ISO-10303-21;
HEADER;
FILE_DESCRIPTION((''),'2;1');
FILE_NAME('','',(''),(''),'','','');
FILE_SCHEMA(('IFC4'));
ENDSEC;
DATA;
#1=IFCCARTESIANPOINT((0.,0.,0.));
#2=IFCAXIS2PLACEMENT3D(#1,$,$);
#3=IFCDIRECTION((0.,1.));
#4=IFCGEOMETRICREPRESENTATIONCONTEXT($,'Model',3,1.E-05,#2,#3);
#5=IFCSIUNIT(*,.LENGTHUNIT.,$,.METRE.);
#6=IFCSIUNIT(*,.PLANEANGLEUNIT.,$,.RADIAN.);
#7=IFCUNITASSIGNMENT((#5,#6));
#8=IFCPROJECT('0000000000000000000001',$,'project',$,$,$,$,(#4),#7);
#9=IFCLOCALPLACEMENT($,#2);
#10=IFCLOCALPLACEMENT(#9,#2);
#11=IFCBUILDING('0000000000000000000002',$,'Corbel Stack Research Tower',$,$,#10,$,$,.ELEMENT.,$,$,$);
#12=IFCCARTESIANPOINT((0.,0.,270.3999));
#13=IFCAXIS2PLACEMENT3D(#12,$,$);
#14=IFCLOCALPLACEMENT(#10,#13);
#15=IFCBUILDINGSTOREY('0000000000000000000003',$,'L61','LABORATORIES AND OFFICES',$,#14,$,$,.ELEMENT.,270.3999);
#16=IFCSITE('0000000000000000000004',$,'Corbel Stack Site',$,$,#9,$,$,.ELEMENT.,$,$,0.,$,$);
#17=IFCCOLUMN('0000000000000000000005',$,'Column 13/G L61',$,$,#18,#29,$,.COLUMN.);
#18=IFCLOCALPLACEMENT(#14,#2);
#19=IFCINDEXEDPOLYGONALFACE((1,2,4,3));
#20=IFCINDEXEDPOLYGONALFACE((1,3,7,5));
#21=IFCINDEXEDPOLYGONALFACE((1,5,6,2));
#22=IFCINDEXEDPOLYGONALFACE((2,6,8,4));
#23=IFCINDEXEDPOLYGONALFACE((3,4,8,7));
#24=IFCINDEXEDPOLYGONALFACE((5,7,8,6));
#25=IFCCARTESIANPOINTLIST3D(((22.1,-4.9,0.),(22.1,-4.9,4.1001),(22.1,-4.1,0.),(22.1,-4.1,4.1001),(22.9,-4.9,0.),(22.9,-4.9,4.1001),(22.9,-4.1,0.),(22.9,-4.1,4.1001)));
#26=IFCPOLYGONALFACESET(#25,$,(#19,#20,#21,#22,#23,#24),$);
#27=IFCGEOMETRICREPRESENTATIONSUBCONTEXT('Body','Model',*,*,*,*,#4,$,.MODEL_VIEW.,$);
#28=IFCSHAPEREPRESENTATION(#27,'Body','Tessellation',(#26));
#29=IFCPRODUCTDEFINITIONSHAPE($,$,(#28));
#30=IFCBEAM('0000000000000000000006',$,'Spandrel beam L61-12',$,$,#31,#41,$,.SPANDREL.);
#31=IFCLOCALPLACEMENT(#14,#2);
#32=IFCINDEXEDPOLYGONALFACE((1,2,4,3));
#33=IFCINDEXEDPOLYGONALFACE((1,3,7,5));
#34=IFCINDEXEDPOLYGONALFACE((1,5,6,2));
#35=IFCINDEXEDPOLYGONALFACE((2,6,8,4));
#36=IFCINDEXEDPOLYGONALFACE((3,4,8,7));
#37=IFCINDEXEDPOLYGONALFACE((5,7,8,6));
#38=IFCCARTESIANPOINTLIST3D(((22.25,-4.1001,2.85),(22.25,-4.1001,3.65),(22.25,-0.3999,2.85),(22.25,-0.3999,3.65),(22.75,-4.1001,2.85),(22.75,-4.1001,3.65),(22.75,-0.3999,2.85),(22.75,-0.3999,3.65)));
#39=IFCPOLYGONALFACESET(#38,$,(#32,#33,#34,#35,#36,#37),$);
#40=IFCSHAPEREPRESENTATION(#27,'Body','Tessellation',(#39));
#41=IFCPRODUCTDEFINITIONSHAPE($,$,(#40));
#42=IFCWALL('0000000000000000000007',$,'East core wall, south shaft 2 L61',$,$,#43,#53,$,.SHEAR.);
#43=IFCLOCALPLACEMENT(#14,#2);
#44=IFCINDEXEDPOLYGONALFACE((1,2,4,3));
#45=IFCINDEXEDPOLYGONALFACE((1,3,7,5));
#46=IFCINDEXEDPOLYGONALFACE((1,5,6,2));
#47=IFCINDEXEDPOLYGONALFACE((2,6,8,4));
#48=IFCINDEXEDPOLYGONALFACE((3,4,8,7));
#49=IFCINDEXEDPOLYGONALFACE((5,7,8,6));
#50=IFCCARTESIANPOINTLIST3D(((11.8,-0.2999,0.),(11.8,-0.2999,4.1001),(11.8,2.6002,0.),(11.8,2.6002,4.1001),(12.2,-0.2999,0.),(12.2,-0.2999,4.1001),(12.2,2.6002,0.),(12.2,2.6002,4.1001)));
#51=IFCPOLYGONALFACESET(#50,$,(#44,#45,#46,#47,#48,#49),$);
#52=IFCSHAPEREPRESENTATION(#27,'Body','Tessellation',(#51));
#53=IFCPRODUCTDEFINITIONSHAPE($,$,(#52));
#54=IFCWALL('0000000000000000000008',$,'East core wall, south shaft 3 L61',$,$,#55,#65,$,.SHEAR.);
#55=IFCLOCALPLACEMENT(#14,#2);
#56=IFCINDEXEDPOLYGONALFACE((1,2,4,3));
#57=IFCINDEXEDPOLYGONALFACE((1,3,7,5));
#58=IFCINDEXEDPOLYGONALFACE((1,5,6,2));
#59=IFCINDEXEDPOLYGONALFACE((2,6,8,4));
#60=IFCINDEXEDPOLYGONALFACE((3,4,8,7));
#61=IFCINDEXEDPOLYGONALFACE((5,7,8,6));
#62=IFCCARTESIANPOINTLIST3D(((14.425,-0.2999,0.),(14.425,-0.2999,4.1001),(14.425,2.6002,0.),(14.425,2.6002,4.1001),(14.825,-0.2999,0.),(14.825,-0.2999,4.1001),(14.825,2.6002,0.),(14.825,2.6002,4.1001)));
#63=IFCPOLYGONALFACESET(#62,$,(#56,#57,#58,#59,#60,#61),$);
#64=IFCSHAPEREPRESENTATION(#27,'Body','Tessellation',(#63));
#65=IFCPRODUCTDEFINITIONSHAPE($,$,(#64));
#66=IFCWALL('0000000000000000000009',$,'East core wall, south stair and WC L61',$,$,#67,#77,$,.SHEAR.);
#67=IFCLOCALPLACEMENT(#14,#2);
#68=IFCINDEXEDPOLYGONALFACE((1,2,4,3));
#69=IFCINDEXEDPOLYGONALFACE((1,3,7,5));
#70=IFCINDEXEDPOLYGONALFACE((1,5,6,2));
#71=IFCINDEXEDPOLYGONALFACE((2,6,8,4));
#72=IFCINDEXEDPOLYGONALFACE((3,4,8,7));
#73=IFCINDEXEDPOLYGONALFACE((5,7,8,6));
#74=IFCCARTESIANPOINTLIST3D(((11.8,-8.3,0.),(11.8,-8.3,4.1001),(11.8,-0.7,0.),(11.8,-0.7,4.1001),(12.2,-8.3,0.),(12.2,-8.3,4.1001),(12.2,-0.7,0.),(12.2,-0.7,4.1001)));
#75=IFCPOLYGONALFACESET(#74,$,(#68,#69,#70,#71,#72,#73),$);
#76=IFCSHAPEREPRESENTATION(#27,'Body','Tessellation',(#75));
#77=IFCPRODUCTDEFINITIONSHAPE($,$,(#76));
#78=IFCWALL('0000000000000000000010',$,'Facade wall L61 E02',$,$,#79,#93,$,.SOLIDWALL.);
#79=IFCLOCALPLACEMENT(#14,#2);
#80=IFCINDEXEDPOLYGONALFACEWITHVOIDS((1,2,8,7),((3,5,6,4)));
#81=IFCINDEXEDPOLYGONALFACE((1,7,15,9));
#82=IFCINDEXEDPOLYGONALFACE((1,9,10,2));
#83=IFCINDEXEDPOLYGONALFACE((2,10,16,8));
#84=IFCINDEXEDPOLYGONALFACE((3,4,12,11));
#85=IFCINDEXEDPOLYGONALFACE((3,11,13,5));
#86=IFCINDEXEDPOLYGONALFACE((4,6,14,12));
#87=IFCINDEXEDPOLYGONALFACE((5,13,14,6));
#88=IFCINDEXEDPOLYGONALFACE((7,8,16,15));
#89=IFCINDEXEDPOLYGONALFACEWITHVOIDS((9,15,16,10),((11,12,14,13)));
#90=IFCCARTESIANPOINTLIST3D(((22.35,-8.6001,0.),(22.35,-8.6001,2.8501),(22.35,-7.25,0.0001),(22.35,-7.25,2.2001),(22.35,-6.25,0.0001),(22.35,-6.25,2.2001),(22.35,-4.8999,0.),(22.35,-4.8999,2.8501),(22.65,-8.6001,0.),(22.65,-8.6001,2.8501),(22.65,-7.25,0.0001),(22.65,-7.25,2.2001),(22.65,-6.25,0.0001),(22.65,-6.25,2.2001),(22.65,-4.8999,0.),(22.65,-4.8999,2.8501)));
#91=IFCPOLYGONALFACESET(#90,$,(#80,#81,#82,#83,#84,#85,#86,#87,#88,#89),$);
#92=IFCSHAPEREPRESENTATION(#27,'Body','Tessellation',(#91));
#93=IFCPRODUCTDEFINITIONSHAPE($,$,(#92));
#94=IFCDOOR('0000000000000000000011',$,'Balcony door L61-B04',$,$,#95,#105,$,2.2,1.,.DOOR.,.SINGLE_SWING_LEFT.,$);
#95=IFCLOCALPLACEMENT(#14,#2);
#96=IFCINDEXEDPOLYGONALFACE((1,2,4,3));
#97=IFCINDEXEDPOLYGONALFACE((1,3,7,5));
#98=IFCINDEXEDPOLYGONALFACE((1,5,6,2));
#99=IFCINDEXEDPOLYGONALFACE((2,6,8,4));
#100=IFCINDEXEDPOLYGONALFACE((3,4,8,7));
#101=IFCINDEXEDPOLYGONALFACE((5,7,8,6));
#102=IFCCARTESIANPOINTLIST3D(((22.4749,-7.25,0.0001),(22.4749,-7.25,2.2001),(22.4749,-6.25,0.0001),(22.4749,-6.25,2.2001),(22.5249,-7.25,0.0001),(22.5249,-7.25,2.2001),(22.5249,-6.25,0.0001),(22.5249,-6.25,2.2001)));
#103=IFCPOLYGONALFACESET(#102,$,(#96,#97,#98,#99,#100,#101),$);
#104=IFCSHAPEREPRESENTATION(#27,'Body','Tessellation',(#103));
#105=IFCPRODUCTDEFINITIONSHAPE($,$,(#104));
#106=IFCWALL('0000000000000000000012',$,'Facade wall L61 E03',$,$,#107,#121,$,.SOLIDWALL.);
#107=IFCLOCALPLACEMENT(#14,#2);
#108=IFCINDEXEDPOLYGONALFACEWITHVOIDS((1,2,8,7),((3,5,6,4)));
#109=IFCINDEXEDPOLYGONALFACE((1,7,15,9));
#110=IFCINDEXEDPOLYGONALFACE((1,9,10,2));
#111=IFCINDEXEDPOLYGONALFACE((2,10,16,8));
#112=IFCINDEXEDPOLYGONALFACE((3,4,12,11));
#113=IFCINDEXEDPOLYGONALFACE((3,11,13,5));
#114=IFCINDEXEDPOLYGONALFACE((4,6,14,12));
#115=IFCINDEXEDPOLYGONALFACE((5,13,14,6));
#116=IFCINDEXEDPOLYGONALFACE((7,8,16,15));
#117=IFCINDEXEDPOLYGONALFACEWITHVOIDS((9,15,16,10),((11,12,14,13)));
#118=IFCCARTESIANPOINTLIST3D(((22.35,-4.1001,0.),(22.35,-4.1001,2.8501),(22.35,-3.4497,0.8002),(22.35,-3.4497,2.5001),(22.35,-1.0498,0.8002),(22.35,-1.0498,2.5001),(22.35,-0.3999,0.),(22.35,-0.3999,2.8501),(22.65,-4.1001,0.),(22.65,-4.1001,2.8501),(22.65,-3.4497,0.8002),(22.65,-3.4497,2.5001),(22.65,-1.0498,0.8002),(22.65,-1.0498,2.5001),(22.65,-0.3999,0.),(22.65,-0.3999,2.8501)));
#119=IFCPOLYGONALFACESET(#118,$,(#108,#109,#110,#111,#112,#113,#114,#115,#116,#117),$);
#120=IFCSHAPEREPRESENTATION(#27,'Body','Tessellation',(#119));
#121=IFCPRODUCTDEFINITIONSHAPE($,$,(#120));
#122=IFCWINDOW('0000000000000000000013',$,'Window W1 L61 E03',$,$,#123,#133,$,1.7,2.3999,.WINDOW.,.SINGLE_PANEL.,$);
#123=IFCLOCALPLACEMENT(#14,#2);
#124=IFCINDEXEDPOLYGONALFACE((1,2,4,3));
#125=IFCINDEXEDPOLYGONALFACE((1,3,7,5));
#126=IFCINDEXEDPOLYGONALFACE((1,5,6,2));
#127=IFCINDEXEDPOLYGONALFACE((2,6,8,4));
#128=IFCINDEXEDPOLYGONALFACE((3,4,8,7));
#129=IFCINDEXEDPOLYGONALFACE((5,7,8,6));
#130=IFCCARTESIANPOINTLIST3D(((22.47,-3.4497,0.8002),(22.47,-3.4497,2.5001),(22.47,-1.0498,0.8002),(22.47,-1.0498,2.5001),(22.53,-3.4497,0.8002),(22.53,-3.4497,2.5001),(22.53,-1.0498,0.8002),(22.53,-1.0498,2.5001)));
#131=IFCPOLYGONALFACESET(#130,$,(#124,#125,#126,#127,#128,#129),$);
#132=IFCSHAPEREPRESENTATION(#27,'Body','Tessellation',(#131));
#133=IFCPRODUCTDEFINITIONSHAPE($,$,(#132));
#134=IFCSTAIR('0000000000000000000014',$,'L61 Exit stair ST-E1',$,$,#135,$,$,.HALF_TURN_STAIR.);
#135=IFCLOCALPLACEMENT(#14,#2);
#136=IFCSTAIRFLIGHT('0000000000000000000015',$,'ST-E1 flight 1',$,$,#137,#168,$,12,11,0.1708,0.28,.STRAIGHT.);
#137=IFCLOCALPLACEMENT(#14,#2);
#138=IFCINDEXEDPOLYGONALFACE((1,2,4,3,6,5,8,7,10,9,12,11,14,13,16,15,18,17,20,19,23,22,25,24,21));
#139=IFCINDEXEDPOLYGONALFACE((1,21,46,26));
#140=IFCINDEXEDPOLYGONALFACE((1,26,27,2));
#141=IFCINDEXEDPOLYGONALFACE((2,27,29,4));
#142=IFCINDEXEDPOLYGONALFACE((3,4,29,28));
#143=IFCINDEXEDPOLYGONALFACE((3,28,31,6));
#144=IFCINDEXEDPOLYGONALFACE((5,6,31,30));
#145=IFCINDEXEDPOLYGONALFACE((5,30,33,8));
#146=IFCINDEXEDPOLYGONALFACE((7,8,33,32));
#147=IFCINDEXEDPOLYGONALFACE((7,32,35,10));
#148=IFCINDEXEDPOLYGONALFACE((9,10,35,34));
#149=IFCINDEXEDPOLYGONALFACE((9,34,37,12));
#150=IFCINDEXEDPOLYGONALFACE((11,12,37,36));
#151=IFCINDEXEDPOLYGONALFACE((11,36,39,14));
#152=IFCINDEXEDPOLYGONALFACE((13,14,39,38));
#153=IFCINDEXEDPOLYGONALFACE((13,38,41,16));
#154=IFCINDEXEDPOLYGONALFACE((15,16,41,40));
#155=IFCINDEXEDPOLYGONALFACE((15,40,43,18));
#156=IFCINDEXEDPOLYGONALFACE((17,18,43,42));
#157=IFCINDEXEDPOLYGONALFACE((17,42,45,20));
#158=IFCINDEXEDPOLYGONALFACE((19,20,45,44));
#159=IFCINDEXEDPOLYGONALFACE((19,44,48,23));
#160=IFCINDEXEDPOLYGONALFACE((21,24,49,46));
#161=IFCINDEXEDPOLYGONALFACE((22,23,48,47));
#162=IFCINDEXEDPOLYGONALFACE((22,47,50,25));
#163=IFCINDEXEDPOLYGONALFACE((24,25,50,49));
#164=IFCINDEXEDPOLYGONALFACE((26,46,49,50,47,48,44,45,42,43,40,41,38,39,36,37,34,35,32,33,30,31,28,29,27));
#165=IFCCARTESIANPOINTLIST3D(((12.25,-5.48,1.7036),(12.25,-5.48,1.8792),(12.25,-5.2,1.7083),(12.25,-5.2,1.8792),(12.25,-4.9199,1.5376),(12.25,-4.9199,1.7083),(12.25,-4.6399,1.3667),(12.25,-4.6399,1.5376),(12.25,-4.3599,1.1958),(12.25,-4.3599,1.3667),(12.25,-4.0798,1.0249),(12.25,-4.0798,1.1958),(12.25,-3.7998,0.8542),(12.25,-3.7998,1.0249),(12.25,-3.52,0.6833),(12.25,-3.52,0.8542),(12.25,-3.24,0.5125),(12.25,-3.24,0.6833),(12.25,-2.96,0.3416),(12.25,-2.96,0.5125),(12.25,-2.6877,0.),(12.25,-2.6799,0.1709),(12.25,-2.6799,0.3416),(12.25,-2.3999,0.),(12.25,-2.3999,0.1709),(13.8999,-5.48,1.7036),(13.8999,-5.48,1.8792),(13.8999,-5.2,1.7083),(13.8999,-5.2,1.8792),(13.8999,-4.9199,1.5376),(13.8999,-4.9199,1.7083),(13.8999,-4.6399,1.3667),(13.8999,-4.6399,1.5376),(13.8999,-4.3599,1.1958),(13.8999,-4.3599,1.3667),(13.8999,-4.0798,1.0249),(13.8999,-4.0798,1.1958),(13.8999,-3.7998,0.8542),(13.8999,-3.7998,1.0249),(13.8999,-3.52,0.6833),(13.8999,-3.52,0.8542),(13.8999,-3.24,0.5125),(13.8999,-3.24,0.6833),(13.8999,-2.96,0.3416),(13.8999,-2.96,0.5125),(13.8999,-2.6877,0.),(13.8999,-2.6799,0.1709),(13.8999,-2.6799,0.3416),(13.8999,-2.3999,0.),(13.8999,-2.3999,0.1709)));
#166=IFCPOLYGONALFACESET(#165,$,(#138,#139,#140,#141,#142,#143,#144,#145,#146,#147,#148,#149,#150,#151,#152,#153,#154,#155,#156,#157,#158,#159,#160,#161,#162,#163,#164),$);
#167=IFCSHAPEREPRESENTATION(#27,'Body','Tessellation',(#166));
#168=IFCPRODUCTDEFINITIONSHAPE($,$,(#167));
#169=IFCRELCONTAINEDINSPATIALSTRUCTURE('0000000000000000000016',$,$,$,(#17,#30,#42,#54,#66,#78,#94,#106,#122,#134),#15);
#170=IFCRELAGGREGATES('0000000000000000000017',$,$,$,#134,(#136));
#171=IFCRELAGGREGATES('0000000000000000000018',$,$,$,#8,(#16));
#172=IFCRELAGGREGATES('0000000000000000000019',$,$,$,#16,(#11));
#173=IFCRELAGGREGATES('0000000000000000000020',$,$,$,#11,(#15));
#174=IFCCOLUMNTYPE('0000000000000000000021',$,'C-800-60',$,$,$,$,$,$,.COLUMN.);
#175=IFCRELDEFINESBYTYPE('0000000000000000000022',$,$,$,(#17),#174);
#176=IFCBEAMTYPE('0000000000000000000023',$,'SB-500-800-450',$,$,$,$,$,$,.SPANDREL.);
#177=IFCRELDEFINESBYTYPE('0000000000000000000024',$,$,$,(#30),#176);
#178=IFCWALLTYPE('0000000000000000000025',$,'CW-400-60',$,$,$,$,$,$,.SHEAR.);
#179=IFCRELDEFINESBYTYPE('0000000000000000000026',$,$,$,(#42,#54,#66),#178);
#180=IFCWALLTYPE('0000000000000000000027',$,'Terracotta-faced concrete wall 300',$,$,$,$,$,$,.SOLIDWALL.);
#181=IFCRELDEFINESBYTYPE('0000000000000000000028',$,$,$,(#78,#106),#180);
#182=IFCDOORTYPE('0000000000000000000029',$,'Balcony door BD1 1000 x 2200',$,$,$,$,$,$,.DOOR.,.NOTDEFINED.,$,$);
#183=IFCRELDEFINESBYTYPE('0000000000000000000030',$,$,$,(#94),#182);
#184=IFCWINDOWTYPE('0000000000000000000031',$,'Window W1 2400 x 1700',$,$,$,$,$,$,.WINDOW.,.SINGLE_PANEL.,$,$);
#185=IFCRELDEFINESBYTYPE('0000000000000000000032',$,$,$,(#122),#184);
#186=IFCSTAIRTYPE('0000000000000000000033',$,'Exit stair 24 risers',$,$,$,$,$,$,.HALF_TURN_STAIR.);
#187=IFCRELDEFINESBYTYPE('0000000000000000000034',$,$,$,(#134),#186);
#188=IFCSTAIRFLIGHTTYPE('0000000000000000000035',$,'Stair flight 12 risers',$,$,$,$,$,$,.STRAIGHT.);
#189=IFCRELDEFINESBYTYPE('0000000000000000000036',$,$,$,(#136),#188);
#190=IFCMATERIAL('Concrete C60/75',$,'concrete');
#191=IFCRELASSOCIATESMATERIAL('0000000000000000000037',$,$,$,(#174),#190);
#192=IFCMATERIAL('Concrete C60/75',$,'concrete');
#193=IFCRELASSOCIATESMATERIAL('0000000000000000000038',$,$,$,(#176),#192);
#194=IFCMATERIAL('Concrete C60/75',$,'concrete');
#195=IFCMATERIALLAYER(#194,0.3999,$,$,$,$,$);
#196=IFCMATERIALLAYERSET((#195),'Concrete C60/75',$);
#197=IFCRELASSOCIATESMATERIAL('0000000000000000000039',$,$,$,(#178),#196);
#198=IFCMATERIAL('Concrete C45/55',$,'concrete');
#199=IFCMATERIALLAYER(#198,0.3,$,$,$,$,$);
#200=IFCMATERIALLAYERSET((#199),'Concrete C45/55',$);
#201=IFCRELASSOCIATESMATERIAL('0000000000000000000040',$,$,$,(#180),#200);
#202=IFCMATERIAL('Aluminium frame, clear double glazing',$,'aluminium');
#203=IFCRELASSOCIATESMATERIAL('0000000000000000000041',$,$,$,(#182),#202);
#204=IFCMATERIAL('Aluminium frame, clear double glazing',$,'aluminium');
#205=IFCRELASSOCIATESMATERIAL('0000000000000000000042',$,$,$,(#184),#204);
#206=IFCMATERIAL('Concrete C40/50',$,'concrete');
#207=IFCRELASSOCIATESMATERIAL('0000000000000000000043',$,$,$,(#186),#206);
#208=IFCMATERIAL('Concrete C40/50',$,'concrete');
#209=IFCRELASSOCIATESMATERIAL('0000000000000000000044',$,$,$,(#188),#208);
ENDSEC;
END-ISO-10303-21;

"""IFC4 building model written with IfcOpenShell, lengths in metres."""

from ifc_helpers import new_model, si_unit, direction, frame, frame_2d, origin, origin_2d, place, context, subcontext, project, spatial, polyline, rectangle, outline, extrude, material, layer, layer_set, material_profile, profile_set, type_object, element, fill, aggregate, save


model = new_model("IFC4")

# Units and contexts
model_context = context("Model", 3, precision=1e-05, world=origin(), true_north=direction((0.0, 1.0)))
body_context = subcontext(model_context, "Body", "Model", "MODEL_VIEW")
ifc_project = project(units=[si_unit("LENGTHUNIT", "METRE"), si_unit("PLANEANGLEUNIT", "RADIAN")], contexts=[model_context])

# Site, building, storey
site_placement = place(None, origin())
site = spatial("IfcSite", under=ifc_project, at=site_placement, Name="Corbel Stack Site", CompositionType="ELEMENT", RefElevation=0.0)
building_placement = place(site_placement, origin())
building = spatial("IfcBuilding", under=site, at=building_placement, Name="Corbel Stack Research Tower", CompositionType="ELEMENT")
storey_placement = place(building_placement, frame((0.0, 0.0, 270.3999)))
storey = spatial("IfcBuildingStorey", under=building, at=storey_placement, Name="L61", Description="LABORATORIES AND OFFICES", CompositionType="ELEMENT", Elevation=270.3999)

# Column
ifc_material_1 = material(Name="Concrete C60/75", Category="concrete")
ifc_material_profile_1 = material_profile(ifc_material_1, rectangle(XDim=0.8, YDim=0.8, at=origin_2d()), Name="RC 800 x 800")
ifc_profile_set_1 = profile_set([ifc_material_profile_1], Name="Concrete C60/75")
column_type = type_object("IfcColumnType", Name="C-800-60", PredefinedType="COLUMN", material=ifc_profile_set_1)
column_placement = place(storey_placement, frame((22.5, -4.5, 0.0), z_axis=(0.0, 0.0, 1.0), x_axis=(1.0, 0.0, 0.0)))
element("IfcColumn", 1, at=column_placement, inside=storey, type_object=column_type, Name="Column 13/G L61", PredefinedType="COLUMN", context=body_context, shape_type="SweptSolid", body=[
    extrude(rectangle(XDim=0.8, YDim=0.8, at=origin_2d()), origin(), (0.0, 0.0, 1.0), 4.1001),
])

# Beam
ifc_material_2 = material(Name="Concrete C60/75", Category="concrete")
ifc_material_profile_2 = material_profile(ifc_material_2, rectangle(XDim=0.5, YDim=0.8, at=origin_2d()), Name="RC 500 x 800")
ifc_profile_set_2 = profile_set([ifc_material_profile_2], Name="Concrete C60/75")
beam_type = type_object("IfcBeamType", Name="SB-500-800-450", PredefinedType="SPANDREL", material=ifc_profile_set_2)
beam_placement = place(storey_placement, frame((22.5, -4.1001, 3.25), z_axis=(0.0, 1.0, 0.0), x_axis=(-1.0, 0.0, 0.0)))
element("IfcBeam", 2, at=beam_placement, inside=storey, type_object=beam_type, Name="Spandrel beam L61-12", PredefinedType="SPANDREL", context=body_context, shape_type="SweptSolid", body=[
    extrude(rectangle(XDim=0.5, YDim=0.8, at=origin_2d()), origin(), (0.0, 0.0, 1.0), 3.7002),
])

# Walls
ifc_material_3 = material(Name="Concrete C60/75", Category="concrete")
ifc_layer_1 = layer(ifc_material_3, 0.3999)
ifc_layer_set_1 = layer_set([ifc_layer_1], Name="Concrete C60/75")
wall_type_1 = type_object("IfcWallType", Name="CW-400-60", PredefinedType="SHEAR", material=ifc_layer_set_1)
for number, where, z_axis, x_axis, name in (
    (3, (12.0, -0.3, 0.0), (0.0, 0.0, 1.0), (0.0, 1.0, 0.0), "East core wall, south shaft 2 L61"),
    (4, (14.625, -0.3, 0.0), (0.0, 0.0, 1.0), (0.0, 1.0, 0.0), "East core wall, south shaft 3 L61"),
):
    element("IfcWall", number, at=place(storey_placement, frame(where, z_axis=z_axis, x_axis=x_axis)), inside=storey, type_object=wall_type_1, Name=name, PredefinedType="SHEAR", context=body_context, shape_type="SweptSolid", body=[
        extrude(rectangle(XDim=2.9001, YDim=0.3999, at=frame_2d((1.4502, 0.0))), origin(), (0.0, 0.0, 1.0), 4.1001),
    ])
wall_1_placement = place(storey_placement, frame((12.0, -8.3, 0.0), z_axis=(0.0, 0.0, 1.0), x_axis=(0.0, 1.0, 0.0)))
element("IfcWall", 5, at=wall_1_placement, inside=storey, type_object=wall_type_1, Name="East core wall, south stair and WC L61", PredefinedType="SHEAR", context=body_context, shape_type="SweptSolid", body=[
    extrude(rectangle(XDim=7.6001, YDim=0.3999, at=frame_2d((3.8, 0.0))), origin(), (0.0, 0.0, 1.0), 4.1001),
])

# Wall, opening, door
ifc_material_4 = material(Name="Concrete C45/55", Category="concrete")
ifc_layer_2 = layer(ifc_material_4, 0.3)
ifc_layer_set_2 = layer_set([ifc_layer_2], Name="Concrete C45/55")
wall_type_2 = type_object("IfcWallType", Name="Terracotta-faced concrete wall 300", PredefinedType="SOLIDWALL", material=ifc_layer_set_2)
wall_2_placement = place(storey_placement, frame((22.5, -4.8999, 0.0), z_axis=(0.0, 0.0, 1.0), x_axis=(0.0, -1.0, 0.0)))
wall_2 = element("IfcWall", 6, at=wall_2_placement, inside=storey, type_object=wall_type_2, Name="Facade wall L61 E02", PredefinedType="SOLIDWALL", context=body_context, shape_type="SweptSolid", body=[
    extrude(rectangle(XDim=3.7002, YDim=0.3, at=frame_2d((1.8501, 0.0))), origin(), (0.0, 0.0, 1.0), 2.8501),
])
opening_1_placement = place(wall_2_placement, frame((1.3501, 0.0, 0.0)))
opening_1 = element("IfcOpeningElement", 7, at=opening_1_placement, cuts=wall_2, PredefinedType="OPENING", context=body_context, shape_type="SweptSolid", body=[
    extrude(rectangle(XDim=1.0, YDim=2.2, at=frame_2d((0.5, 1.1001))), frame((0.0, 0.1599, 0.0), z_axis=(0.0, -1.0, 0.0), x_axis=(1.0, 0.0, 0.0)), (0.0, 0.0, 1.0), 0.3201),
])
ifc_material_5 = material(Name="Aluminium frame, clear double glazing", Category="aluminium")
door_type = type_object("IfcDoorType", Name="Balcony door BD1 1000 x 2200", OperationType="NOTDEFINED", PredefinedType="DOOR", material=ifc_material_5)
door_placement = place(opening_1_placement, origin())
door = element("IfcDoor", 8, at=door_placement, inside=storey, type_object=door_type, Name="Balcony door L61-B04", OperationType="SINGLE_SWING_LEFT", OverallHeight=2.2, OverallWidth=1.0, PredefinedType="DOOR", context=body_context, shape_type="SweptSolid", body=[
    extrude(rectangle(XDim=1.0, YDim=2.2, at=frame_2d((0.5, 1.1001))), frame((0.0, 0.0249, 0.0), z_axis=(0.0, -1.0, 0.0), x_axis=(1.0, 0.0, 0.0)), (0.0, 0.0, 1.0), 0.05),
])
fill(opening_1, door)

# Wall, opening, window
wall_3_placement = place(storey_placement, frame((22.5, -0.3999, 0.0), z_axis=(0.0, 0.0, 1.0), x_axis=(0.0, -1.0, 0.0)))
wall_3 = element("IfcWall", 9, at=wall_3_placement, inside=storey, type_object=wall_type_2, Name="Facade wall L61 E03", PredefinedType="SOLIDWALL", context=body_context, shape_type="SweptSolid", body=[
    extrude(rectangle(XDim=3.7002, YDim=0.3, at=frame_2d((1.8501, 0.0))), origin(), (0.0, 0.0, 1.0), 2.8501),
])
opening_2_placement = place(wall_3_placement, frame((0.6499, 0.0, 0.8)))
opening_2 = element("IfcOpeningElement", 10, at=opening_2_placement, cuts=wall_3, PredefinedType="OPENING", context=body_context, shape_type="SweptSolid", body=[
    extrude(rectangle(XDim=2.3999, YDim=1.7, at=frame_2d((1.2, 0.8501))), frame((0.0, 0.1599, 0.0), z_axis=(0.0, -1.0, 0.0), x_axis=(1.0, 0.0, 0.0)), (0.0, 0.0, 1.0), 0.3201),
])
ifc_material_6 = material(Name="Aluminium frame, clear double glazing", Category="aluminium")
window_type = type_object("IfcWindowType", Name="Window W1 2400 x 1700", PartitioningType="SINGLE_PANEL", PredefinedType="WINDOW", material=ifc_material_6)
window_placement = place(opening_2_placement, origin())
window = element("IfcWindow", 11, at=window_placement, inside=storey, type_object=window_type, Name="Window W1 L61 E03", OverallHeight=1.7, OverallWidth=2.3999, PartitioningType="SINGLE_PANEL", PredefinedType="WINDOW", context=body_context, shape_type="SweptSolid", body=[
    extrude(rectangle(XDim=2.3999, YDim=1.7, at=frame_2d((1.2, 0.8501))), frame((0.0, 0.03, 0.0), z_axis=(0.0, -1.0, 0.0), x_axis=(1.0, 0.0, 0.0)), (0.0, 0.0, 1.0), 0.0601),
])
fill(opening_2, window)

# Stair, stair flight
ifc_material_7 = material(Name="Concrete C40/50", Category="concrete")
stair_type = type_object("IfcStairType", Name="Exit stair 24 risers", PredefinedType="HALF_TURN_STAIR", material=ifc_material_7)
stair_placement = place(storey_placement, origin())
stair = element("IfcStair", 12, at=stair_placement, inside=storey, type_object=stair_type, Name="L61 Exit stair ST-E1", PredefinedType="HALF_TURN_STAIR")
ifc_material_8 = material(Name="Concrete C40/50", Category="concrete")
stair_flight_type = type_object("IfcStairFlightType", Name="Stair flight 12 risers", PredefinedType="STRAIGHT", material=ifc_material_8)
stair_flight_1_placement = place(storey_placement, frame((13.075, -2.3999, 0.0), z_axis=(0.0, 0.0, 1.0), x_axis=(0.0, -1.0, 0.0)))
stair_flight_1 = element("IfcStairFlight", 13, at=stair_flight_1_placement, type_object=stair_flight_type, Name="ST-E1 flight 1", NumberOfRisers=12, NumberOfTreads=11, PredefinedType="STRAIGHT", RiserHeight=0.1708, TreadLength=0.28, context=body_context, shape_type="SweptSolid", body=[
    extrude(outline(polyline([(0.0, 0.0), (0.0, 0.1709), (0.28, 0.1709), (0.28, 0.3416), (0.5601, 0.3416), (0.5601, 0.5125), (0.8401, 0.5125), (0.8401, 0.6833), (1.1201, 0.6833), (1.1201, 0.8542), (1.3999, 0.8542), (1.3999, 1.0249), (1.6799, 1.0249), (1.6799, 1.1958), (1.96, 1.1958), (1.96, 1.3667), (2.24, 1.3667), (2.24, 1.5376), (2.52, 1.5376), (2.52, 1.7083), (2.8, 1.7083), (2.8, 1.8792), (3.0801, 1.8792), (3.0801, 2.05), (3.0801, 1.7036), (0.2878, 0.0), (0.0, 0.0)])), frame((0.0, 0.825, 0.0), z_axis=(0.0, -1.0, 0.0), x_axis=(1.0, 0.0, 0.0)), (0.0, 0.0, 1.0), 1.6499),
])
aggregate(stair, [stair_flight_1])

save(model, "model.ifc")
